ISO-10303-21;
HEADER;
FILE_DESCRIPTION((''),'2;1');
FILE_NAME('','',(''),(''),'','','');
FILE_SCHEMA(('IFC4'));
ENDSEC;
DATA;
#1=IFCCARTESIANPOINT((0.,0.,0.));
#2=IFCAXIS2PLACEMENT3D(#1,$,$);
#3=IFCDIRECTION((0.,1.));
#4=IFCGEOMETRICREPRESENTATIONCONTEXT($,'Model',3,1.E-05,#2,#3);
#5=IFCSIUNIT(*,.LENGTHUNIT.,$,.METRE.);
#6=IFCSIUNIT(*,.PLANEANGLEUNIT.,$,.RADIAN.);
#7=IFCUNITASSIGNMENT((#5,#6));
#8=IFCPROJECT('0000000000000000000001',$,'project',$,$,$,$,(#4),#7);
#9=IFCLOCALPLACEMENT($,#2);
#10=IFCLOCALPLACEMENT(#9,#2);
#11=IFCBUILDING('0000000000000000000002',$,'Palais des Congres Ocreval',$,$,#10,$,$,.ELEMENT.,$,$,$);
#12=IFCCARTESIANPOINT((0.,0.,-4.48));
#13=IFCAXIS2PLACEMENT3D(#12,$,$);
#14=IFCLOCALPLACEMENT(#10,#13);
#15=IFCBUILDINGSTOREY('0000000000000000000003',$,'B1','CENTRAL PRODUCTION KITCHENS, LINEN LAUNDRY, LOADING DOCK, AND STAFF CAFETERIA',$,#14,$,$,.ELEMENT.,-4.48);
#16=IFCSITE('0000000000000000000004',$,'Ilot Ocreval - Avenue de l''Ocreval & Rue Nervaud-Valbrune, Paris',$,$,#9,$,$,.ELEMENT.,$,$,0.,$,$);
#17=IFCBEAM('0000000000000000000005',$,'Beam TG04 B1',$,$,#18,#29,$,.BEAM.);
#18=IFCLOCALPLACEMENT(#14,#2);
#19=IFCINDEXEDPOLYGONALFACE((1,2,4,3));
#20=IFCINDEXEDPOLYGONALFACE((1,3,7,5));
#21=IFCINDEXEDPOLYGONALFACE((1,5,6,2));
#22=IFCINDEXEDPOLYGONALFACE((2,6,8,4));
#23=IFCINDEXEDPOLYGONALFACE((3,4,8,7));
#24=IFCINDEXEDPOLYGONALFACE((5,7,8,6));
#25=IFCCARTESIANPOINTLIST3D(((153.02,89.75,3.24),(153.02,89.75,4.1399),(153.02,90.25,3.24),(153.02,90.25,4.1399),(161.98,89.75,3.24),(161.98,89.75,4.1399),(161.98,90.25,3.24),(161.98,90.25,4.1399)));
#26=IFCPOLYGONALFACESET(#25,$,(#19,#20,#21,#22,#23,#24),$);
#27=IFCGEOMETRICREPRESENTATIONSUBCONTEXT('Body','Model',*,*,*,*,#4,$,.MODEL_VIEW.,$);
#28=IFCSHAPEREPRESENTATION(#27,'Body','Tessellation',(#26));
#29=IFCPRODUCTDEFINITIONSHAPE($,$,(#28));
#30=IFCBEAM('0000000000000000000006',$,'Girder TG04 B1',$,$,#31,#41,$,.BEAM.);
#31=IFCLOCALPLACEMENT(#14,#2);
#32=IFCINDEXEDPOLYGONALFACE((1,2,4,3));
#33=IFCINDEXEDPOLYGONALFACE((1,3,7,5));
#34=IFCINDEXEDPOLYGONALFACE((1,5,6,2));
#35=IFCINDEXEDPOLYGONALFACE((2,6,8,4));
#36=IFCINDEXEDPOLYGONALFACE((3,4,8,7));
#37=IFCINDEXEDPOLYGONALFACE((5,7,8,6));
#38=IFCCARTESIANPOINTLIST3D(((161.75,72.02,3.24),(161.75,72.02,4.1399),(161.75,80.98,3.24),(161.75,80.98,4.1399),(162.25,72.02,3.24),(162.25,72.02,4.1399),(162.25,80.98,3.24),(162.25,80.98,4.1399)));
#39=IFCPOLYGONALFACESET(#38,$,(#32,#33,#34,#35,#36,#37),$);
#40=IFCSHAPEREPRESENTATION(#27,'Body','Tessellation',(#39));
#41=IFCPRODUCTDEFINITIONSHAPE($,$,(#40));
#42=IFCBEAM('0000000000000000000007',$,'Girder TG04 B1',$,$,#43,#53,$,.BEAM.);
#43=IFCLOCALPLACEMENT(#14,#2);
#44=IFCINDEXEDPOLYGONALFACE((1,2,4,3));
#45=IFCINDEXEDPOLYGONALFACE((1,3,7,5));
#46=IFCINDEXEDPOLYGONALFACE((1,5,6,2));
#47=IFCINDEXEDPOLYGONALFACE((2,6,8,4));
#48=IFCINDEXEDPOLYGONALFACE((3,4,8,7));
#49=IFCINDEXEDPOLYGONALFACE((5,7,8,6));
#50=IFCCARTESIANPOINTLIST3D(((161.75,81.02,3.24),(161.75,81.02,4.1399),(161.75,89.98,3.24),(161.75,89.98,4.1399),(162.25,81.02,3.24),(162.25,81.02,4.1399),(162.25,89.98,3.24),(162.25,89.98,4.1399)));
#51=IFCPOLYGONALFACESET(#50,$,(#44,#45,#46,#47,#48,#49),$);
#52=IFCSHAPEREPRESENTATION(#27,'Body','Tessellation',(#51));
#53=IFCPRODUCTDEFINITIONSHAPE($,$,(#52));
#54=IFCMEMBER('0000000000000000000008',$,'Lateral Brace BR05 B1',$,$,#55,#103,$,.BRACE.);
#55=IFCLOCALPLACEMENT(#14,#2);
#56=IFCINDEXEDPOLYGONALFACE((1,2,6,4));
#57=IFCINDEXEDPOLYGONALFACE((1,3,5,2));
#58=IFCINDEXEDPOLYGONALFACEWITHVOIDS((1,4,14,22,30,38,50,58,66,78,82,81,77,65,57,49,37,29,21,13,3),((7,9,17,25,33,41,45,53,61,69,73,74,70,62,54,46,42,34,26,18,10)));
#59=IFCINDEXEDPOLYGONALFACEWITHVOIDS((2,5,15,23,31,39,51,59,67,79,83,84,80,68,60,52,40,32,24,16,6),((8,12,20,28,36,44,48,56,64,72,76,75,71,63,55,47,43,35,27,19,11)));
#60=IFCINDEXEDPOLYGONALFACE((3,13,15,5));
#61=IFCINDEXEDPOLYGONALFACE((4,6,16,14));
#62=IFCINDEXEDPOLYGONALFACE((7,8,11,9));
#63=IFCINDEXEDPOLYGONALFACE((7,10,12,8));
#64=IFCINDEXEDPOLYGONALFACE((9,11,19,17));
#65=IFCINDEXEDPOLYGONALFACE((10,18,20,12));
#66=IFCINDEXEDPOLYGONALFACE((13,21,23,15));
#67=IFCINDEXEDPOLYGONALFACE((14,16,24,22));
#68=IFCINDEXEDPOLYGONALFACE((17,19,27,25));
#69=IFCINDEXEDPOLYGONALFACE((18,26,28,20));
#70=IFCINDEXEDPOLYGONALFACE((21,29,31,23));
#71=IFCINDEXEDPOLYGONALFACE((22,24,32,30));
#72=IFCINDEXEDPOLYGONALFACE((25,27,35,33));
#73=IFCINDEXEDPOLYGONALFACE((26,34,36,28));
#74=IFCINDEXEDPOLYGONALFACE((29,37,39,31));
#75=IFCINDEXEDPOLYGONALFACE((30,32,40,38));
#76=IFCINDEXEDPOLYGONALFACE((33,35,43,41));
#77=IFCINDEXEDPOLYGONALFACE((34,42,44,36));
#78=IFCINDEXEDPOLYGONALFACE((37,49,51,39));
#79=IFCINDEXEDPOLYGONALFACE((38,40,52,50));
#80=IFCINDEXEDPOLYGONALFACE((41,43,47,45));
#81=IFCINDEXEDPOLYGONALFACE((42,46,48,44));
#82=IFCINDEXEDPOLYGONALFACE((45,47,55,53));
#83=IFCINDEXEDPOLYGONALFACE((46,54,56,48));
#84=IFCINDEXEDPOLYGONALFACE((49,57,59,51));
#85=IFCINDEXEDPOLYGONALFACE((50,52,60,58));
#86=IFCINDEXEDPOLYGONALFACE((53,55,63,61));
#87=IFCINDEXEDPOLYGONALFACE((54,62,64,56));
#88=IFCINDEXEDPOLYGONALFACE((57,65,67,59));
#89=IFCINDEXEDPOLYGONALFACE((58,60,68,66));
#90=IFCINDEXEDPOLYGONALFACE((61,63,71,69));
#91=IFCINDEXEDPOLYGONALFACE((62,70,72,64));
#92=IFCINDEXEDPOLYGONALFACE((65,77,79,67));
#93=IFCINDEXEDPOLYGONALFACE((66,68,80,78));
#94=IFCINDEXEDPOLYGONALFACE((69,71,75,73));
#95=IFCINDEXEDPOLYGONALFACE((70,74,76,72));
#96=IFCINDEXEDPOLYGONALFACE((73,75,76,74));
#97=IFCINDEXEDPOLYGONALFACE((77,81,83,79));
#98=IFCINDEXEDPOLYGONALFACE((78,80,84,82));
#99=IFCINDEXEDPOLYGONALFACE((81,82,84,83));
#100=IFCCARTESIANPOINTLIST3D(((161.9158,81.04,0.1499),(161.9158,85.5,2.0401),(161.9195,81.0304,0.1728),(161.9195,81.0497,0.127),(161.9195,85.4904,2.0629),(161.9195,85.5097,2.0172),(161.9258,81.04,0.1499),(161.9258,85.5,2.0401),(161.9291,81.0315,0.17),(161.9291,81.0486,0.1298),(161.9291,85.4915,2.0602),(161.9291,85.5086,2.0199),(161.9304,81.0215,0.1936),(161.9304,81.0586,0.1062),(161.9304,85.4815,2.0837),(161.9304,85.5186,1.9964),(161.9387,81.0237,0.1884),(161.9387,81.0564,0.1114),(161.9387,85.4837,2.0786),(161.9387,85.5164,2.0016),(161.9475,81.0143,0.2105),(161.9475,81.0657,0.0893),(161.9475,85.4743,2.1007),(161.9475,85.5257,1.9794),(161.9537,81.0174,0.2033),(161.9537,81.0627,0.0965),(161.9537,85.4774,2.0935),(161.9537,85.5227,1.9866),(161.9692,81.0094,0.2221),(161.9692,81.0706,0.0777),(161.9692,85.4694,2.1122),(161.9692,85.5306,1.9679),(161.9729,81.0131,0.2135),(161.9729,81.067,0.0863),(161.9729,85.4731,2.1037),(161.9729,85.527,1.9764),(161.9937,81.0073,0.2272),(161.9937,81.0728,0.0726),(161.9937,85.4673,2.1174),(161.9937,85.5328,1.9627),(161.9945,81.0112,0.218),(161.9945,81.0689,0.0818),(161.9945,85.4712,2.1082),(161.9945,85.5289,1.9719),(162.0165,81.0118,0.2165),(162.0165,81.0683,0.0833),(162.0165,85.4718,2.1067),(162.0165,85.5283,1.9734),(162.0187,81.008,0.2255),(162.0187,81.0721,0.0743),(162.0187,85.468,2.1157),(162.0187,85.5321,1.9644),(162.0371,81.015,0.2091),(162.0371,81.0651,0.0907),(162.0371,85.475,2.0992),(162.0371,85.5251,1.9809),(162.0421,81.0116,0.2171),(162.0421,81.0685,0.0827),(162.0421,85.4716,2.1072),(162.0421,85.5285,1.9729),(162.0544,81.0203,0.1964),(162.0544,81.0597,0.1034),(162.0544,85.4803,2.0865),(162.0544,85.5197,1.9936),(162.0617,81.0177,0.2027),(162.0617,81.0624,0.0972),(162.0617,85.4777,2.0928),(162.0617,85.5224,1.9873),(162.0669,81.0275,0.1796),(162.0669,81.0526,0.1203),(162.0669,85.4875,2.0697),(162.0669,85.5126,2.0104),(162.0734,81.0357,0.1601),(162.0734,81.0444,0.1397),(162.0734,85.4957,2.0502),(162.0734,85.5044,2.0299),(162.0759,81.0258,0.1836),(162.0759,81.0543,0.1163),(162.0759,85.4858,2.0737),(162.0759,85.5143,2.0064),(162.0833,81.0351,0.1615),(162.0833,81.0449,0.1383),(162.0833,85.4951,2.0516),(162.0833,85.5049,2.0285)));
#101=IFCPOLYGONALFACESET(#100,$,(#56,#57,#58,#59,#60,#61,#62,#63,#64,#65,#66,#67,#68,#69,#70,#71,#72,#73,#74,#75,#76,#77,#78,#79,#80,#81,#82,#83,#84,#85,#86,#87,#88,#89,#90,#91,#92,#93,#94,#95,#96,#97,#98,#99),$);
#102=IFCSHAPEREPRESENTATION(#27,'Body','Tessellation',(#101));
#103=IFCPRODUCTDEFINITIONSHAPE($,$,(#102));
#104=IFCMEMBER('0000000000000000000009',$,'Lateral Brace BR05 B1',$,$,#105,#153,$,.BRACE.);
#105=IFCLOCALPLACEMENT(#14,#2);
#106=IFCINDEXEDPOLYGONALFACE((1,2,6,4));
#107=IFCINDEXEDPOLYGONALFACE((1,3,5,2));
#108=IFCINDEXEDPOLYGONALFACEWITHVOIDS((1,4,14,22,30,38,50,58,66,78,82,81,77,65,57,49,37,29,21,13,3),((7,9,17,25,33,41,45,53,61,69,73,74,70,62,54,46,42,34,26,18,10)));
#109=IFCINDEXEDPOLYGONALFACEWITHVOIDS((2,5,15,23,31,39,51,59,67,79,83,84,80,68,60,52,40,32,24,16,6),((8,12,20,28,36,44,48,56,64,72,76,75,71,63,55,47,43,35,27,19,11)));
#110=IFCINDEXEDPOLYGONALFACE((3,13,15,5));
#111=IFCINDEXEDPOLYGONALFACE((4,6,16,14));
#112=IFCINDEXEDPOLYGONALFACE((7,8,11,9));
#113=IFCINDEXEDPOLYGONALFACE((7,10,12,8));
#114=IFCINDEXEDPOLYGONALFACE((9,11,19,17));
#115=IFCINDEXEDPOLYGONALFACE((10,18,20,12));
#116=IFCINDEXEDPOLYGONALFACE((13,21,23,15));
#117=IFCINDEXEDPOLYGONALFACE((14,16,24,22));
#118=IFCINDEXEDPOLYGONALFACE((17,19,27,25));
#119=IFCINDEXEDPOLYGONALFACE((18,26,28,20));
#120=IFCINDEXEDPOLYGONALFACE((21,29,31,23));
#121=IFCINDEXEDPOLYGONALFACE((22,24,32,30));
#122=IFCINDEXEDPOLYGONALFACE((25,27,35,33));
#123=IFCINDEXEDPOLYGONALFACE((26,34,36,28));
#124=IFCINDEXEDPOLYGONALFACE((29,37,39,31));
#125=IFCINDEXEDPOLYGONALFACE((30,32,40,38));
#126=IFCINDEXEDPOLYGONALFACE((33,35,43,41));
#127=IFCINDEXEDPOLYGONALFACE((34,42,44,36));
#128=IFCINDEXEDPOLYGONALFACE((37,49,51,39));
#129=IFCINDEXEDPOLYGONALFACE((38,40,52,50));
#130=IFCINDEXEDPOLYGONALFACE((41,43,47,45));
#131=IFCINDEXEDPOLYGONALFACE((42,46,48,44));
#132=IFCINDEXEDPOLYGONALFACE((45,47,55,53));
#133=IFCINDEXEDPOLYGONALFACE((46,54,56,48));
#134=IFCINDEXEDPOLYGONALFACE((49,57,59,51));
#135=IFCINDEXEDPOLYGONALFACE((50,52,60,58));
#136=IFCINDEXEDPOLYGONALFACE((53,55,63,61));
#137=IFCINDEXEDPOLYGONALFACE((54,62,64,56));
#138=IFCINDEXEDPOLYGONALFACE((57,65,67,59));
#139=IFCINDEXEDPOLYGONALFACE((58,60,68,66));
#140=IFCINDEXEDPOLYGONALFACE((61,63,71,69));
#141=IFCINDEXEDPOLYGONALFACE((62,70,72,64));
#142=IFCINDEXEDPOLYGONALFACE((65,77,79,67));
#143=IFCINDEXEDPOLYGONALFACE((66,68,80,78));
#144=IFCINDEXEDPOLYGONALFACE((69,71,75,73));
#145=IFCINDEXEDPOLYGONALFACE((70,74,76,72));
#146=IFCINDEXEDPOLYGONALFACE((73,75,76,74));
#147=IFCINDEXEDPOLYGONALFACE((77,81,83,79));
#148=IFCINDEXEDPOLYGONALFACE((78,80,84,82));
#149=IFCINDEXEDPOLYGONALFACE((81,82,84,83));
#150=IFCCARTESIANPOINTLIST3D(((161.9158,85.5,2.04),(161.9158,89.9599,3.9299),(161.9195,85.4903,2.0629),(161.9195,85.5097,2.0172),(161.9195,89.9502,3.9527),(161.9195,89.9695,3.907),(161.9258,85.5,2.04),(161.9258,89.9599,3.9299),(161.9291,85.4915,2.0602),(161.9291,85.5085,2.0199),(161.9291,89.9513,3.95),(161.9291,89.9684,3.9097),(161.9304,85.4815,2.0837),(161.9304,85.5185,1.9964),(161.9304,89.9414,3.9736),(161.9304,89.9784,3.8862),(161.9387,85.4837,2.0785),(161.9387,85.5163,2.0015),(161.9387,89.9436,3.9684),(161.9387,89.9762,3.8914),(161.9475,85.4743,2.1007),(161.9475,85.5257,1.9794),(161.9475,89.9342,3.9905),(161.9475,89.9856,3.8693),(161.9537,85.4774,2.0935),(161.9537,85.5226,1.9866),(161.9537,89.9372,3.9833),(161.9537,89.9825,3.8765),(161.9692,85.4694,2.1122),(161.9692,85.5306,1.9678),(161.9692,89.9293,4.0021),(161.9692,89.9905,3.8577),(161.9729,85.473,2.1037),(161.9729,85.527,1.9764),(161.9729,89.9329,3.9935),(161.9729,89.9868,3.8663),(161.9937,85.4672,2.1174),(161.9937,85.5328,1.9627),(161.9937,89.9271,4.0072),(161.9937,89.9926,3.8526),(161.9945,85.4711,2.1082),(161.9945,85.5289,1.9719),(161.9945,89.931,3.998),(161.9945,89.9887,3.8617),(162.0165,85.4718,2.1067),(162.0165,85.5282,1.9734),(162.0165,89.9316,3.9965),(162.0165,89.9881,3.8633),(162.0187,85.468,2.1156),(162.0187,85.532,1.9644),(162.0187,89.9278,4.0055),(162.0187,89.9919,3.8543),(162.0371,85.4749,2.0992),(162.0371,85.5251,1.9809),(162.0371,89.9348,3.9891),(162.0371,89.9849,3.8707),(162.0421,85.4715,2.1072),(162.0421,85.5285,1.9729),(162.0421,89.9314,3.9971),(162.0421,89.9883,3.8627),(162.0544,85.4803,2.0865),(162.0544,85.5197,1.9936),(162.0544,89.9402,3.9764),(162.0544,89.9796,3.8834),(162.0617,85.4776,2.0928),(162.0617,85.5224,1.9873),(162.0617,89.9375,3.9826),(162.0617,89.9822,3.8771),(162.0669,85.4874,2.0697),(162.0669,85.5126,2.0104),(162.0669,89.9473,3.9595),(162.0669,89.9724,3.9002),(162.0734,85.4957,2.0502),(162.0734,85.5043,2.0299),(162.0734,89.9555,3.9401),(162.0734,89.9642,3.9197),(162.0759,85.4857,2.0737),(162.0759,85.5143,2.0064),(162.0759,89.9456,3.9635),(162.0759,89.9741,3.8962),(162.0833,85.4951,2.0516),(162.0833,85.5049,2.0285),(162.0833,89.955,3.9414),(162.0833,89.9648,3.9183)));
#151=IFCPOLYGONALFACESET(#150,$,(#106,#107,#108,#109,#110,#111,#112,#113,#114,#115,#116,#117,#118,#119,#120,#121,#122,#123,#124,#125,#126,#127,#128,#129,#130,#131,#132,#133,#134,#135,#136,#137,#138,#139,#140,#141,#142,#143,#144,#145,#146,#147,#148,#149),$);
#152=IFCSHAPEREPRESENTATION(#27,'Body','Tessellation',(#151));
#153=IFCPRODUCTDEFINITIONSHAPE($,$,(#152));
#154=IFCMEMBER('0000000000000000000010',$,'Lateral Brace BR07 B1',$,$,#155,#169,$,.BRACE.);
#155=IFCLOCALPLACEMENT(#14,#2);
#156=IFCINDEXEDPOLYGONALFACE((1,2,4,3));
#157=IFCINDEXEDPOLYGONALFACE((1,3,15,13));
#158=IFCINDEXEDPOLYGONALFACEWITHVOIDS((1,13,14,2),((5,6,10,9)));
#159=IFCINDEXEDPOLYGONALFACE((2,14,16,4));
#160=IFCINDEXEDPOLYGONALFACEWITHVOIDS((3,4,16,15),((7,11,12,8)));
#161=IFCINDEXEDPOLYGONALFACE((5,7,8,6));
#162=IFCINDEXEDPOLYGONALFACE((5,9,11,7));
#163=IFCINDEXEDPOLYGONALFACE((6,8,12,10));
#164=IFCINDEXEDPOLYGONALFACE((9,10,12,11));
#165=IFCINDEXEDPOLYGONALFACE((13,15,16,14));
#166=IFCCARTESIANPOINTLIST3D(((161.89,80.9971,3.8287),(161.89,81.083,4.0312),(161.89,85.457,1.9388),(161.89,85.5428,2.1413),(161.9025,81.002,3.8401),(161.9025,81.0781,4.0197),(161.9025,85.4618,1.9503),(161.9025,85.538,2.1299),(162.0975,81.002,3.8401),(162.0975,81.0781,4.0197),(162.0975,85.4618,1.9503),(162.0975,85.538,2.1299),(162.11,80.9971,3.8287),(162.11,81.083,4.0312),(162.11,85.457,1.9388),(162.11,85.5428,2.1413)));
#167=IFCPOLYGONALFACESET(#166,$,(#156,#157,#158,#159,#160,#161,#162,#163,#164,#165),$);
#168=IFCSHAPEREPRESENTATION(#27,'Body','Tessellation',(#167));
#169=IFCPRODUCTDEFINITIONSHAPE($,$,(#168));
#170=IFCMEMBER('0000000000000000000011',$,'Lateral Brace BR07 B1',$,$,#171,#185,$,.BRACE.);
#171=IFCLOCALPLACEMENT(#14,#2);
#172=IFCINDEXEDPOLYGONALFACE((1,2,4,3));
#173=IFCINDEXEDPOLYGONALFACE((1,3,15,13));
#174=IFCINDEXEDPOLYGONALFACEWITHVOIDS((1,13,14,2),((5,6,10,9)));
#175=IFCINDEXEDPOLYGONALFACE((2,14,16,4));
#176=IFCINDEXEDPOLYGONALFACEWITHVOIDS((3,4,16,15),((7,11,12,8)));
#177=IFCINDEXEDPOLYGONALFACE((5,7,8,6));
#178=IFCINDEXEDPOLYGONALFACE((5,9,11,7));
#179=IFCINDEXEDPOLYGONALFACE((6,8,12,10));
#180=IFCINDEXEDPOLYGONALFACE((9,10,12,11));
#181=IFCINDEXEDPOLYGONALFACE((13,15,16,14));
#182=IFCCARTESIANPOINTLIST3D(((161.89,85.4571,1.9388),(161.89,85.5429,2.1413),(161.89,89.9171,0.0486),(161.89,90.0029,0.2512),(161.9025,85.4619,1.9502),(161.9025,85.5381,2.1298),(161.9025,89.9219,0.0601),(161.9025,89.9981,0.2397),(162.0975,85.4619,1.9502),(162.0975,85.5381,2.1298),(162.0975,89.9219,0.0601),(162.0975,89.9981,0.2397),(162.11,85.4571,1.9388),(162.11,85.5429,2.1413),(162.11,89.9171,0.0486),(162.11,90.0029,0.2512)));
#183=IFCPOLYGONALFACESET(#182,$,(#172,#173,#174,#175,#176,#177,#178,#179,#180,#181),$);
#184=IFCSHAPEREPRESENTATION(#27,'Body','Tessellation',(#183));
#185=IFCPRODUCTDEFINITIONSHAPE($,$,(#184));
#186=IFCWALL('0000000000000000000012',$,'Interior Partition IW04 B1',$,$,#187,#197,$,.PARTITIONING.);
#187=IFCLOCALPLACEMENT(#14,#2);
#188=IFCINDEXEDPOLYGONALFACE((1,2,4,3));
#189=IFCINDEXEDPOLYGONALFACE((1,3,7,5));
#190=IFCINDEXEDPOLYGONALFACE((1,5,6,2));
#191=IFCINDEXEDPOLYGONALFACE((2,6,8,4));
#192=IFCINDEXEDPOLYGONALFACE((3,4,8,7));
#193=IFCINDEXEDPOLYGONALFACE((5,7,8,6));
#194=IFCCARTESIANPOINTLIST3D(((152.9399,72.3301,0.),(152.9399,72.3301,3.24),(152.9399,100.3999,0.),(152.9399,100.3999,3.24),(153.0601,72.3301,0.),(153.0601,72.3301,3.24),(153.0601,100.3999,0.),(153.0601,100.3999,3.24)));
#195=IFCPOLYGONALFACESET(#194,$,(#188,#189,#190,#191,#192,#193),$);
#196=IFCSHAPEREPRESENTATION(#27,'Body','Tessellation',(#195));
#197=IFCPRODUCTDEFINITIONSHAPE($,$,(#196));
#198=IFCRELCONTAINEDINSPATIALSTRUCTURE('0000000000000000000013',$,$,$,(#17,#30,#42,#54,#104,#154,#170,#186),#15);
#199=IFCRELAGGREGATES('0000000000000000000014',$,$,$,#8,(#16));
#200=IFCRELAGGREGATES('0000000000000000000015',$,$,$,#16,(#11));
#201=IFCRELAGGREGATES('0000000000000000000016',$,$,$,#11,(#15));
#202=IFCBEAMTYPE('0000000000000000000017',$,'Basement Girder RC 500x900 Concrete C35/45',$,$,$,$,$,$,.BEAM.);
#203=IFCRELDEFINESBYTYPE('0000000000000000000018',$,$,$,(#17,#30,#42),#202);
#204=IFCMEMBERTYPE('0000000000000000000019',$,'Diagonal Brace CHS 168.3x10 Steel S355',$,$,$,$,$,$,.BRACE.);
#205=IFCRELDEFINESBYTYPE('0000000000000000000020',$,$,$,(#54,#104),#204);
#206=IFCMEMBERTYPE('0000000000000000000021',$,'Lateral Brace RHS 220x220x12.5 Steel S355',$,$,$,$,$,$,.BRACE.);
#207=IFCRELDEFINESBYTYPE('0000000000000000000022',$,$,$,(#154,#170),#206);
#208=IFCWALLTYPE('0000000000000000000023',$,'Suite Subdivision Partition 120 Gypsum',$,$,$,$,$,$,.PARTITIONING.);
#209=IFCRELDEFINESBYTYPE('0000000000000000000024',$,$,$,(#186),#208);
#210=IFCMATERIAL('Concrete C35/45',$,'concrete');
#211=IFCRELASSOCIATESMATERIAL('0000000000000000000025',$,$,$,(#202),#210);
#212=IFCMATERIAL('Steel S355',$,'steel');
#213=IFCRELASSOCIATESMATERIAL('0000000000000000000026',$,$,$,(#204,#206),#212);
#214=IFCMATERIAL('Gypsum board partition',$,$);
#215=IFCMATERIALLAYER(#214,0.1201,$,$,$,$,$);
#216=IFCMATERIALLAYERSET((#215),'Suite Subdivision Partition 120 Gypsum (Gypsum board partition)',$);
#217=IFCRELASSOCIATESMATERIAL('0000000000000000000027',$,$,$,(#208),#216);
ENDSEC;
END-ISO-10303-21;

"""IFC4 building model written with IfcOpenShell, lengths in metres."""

from ifc_helpers import new_model, si_unit, direction, frame, frame_2d, origin, origin_2d, place, context, subcontext, project, spatial, rectangle, hollow_rectangle, hollow_circle, extrude, material, layer, layer_set, material_profile, profile_set, type_object, element, save


model = new_model("IFC4")

# Units and contexts
model_context = context("Model", 3, precision=1e-05, world=origin(), true_north=direction((0.0, 1.0)))
body_context = subcontext(model_context, "Body", "Model", "MODEL_VIEW")
ifc_project = project(units=[si_unit("LENGTHUNIT", "METRE"), si_unit("PLANEANGLEUNIT", "RADIAN")], contexts=[model_context])

# Site, building, storey
site_placement = place(None, origin())
site = spatial("IfcSite", under=ifc_project, at=site_placement, Name="Ilot Ocreval - Avenue de l'Ocreval & Rue Nervaud-Valbrune, Paris", CompositionType="ELEMENT", RefElevation=0.0)
building_placement = place(site_placement, origin())
building = spatial("IfcBuilding", under=site, at=building_placement, Name="Palais des Congres Ocreval", CompositionType="ELEMENT")
storey_placement = place(building_placement, frame((0.0, 0.0, -4.48)))
storey = spatial("IfcBuildingStorey", under=building, at=storey_placement, Name="B1", Description="CENTRAL PRODUCTION KITCHENS, LINEN LAUNDRY, LOADING DOCK, AND STAFF CAFETERIA", CompositionType="ELEMENT", Elevation=-4.48)

# Shared definitions
ifc_material_1 = material(Name="Steel S355", Category="steel")

# Beams
ifc_material_2 = material(Name="Concrete C35/45", Category="concrete")
ifc_material_profile_1 = material_profile(ifc_material_2, rectangle(XDim=0.5, YDim=0.8999, at=origin_2d()), Name="RC 500x900")
ifc_profile_set_1 = profile_set([ifc_material_profile_1], Name="Concrete C35/45")
beam_type = type_object("IfcBeamType", Name="Basement Girder RC 500x900 Concrete C35/45", PredefinedType="BEAM", material=ifc_profile_set_1)
for number, where, z_axis, x_axis, name in (
    (1, (153.02, 90.0, 3.6899), (1.0, 0.0, 0.0), (0.0, 1.0, 0.0), "Beam TG04 B1"),
    (2, (162.0, 72.02, 3.6899), (0.0, 1.0, 0.0), (-1.0, 0.0, 0.0), "Girder TG04 B1"),
    (3, (162.0, 81.02, 3.6899), (0.0, 1.0, 0.0), (-1.0, 0.0, 0.0), "Girder TG04 B1"),
):
    element("IfcBeam", number, at=place(storey_placement, frame(where, z_axis=z_axis, x_axis=x_axis)), inside=storey, type_object=beam_type, Name=name, PredefinedType="BEAM", context=body_context, shape_type="SweptSolid", body=[
        extrude(rectangle(XDim=0.5, YDim=0.8999, at=origin_2d()), origin(), (0.0, 0.0, 1.0), 8.96),
    ])

# Members
ifc_material_profile_2 = material_profile(ifc_material_1, hollow_circle(Radius=0.0842, WallThickness=0.01, at=origin_2d()), Name="CHS 168.3x10")
ifc_profile_set_2 = profile_set([ifc_material_profile_2], Name="Steel S355")
member_type_1 = type_object("IfcMemberType", Name="Diagonal Brace CHS 168.3x10 Steel S355", PredefinedType="BRACE", material=ifc_profile_set_2)
member_1_placement = place(storey_placement, frame((162.0, 81.04, 0.1499), z_axis=(0.0, 0.920728, 0.390206), x_axis=(-1.0, 0.0, 0.0)))
element("IfcMember", 4, at=member_1_placement, inside=storey, type_object=member_type_1, Name="Lateral Brace BR05 B1", PredefinedType="BRACE", context=body_context, shape_type="SweptSolid", body=[
    extrude(hollow_circle(Radius=0.0842, WallThickness=0.01, at=origin_2d()), origin(), (0.0, 0.0, 1.0), 4.844),
])
member_2_placement = place(storey_placement, frame((162.0, 85.5, 2.04), z_axis=(0.0, 0.920746, 0.390163), x_axis=(-1.0, 0.0, 0.0)))
element("IfcMember", 5, at=member_2_placement, inside=storey, type_object=member_type_1, Name="Lateral Brace BR05 B1", PredefinedType="BRACE", context=body_context, shape_type="SweptSolid", body=[
    extrude(hollow_circle(Radius=0.0842, WallThickness=0.01, at=origin_2d()), origin(), (0.0, 0.0, 1.0), 4.8438),
])
ifc_material_profile_3 = material_profile(ifc_material_1, hollow_rectangle(XDim=0.22, YDim=0.22, WallThickness=0.0125, at=origin_2d()), Name="RHS 220x220x12.5")
ifc_profile_set_3 = profile_set([ifc_material_profile_3], Name="Steel S355")
member_type_2 = type_object("IfcMemberType", Name="Lateral Brace RHS 220x220x12.5 Steel S355", PredefinedType="BRACE", material=ifc_profile_set_3)
member_3_placement = place(storey_placement, frame((162.0, 81.04, 3.9299), z_axis=(0.0, 0.920746, -0.390163), x_axis=(-1.0, 0.0, 0.0)))
element("IfcMember", 6, at=member_3_placement, inside=storey, type_object=member_type_2, Name="Lateral Brace BR07 B1", PredefinedType="BRACE", context=body_context, shape_type="SweptSolid", body=[
    extrude(hollow_rectangle(XDim=0.22, YDim=0.22, WallThickness=0.0125, at=origin_2d()), origin(), (0.0, 0.0, 1.0), 4.8438),
])
member_4_placement = place(storey_placement, frame((162.0, 85.5, 2.04), z_axis=(0.0, 0.920728, -0.390206), x_axis=(-1.0, 0.0, 0.0)))
element("IfcMember", 7, at=member_4_placement, inside=storey, type_object=member_type_2, Name="Lateral Brace BR07 B1", PredefinedType="BRACE", context=body_context, shape_type="SweptSolid", body=[
    extrude(hollow_rectangle(XDim=0.22, YDim=0.22, WallThickness=0.0125, at=origin_2d()), origin(), (0.0, 0.0, 1.0), 4.844),
])

# Wall
ifc_material_3 = material(Name="Gypsum board partition")
ifc_layer_1 = layer(ifc_material_3, 0.1201)
ifc_layer_set_1 = layer_set([ifc_layer_1], Name="Suite Subdivision Partition 120 Gypsum (Gypsum board partition)")
wall_type_1 = type_object("IfcWallType", Name="Suite Subdivision Partition 120 Gypsum", PredefinedType="PARTITIONING", material=ifc_layer_set_1)
wall_placement = place(storey_placement, frame((153.0, 72.3301, 0.0), z_axis=(0.0, 0.0, 1.0), x_axis=(0.0, 1.0, 0.0)))
element("IfcWall", 8, at=wall_placement, inside=storey, type_object=wall_type_1, Name="Interior Partition IW04 B1", PredefinedType="PARTITIONING", context=body_context, shape_type="SweptSolid", body=[
    extrude(rectangle(XDim=28.0698, YDim=0.1201, at=frame_2d((14.0349, 0.0))), origin(), (0.0, 0.0, 1.0), 3.24),
])

save(model, "model.ifc")
